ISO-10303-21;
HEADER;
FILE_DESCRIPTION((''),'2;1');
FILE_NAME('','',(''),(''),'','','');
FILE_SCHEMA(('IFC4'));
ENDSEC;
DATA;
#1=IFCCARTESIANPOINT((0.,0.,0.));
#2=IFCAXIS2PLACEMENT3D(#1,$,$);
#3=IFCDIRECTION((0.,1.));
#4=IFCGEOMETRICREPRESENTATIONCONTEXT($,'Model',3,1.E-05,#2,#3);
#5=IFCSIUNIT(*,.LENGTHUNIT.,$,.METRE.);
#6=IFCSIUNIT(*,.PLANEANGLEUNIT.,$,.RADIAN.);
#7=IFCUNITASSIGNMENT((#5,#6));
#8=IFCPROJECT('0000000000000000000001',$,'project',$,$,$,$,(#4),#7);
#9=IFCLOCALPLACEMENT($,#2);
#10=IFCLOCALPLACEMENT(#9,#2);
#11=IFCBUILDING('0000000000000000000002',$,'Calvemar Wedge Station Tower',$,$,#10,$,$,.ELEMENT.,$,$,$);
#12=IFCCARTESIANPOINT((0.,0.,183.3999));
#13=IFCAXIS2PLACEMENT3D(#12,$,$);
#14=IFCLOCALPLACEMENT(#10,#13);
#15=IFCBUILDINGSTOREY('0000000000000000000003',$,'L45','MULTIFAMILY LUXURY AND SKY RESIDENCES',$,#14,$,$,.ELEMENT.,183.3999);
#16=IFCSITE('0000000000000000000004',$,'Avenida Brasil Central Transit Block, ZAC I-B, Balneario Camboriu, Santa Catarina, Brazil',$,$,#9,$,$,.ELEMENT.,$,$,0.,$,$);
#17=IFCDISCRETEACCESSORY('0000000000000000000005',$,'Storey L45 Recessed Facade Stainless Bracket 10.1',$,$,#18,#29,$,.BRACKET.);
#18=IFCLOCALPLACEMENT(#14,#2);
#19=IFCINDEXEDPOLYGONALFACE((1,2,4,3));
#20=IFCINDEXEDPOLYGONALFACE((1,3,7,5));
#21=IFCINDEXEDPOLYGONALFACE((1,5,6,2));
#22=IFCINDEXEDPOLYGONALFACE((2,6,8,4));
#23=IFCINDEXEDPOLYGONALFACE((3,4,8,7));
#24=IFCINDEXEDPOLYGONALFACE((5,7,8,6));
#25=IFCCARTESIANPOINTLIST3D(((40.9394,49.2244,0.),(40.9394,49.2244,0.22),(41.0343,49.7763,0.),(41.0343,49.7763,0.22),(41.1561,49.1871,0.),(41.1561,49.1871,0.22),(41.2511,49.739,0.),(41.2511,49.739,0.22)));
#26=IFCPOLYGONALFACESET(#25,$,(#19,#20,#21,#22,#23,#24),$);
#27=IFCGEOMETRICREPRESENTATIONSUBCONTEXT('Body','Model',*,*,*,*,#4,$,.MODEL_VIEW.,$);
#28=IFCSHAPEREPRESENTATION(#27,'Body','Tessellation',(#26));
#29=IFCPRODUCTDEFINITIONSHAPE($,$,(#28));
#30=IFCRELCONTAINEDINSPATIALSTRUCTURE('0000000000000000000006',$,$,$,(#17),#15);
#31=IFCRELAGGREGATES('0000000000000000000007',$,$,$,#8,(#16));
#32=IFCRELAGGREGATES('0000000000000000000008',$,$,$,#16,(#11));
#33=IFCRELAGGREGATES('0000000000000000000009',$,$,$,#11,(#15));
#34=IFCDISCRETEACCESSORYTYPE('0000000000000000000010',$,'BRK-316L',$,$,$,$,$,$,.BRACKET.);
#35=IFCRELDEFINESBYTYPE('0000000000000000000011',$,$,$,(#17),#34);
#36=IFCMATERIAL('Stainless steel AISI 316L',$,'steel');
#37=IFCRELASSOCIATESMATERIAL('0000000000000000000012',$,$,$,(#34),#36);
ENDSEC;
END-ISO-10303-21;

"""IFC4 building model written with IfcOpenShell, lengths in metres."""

from ifc_helpers import new_model, si_unit, direction, frame, origin, origin_2d, place, context, subcontext, project, spatial, rectangle, extrude, source, transform, mapped, material, type_object, element, save


model = new_model("IFC4")

# Units and contexts
model_context = context("Model", 3, precision=1e-05, world=origin(), true_north=direction((0.0, 1.0)))
body_context = subcontext(model_context, "Body", "Model", "MODEL_VIEW")
ifc_project = project(units=[si_unit("LENGTHUNIT", "METRE"), si_unit("PLANEANGLEUNIT", "RADIAN")], contexts=[model_context])

# Site, building, storey
site_placement = place(None, origin())
site = spatial("IfcSite", under=ifc_project, at=site_placement, Name="Avenida Brasil Central Transit Block, ZAC I-B, Balneario Camboriu, Santa Catarina, Brazil", CompositionType="ELEMENT", RefElevation=0.0)
building_placement = place(site_placement, origin())
building = spatial("IfcBuilding", under=site, at=building_placement, Name="Calvemar Wedge Station Tower", CompositionType="ELEMENT")
storey_placement = place(building_placement, frame((0.0, 0.0, 183.3999)))
storey = spatial("IfcBuildingStorey", under=building, at=storey_placement, Name="L45", Description="MULTIFAMILY LUXURY AND SKY RESIDENCES", CompositionType="ELEMENT", Elevation=183.3999)

# Discrete accessory
ifc_material_1 = material(Name="Stainless steel AISI 316L", Category="steel")
discrete_accessory_type = type_object("IfcDiscreteAccessoryType", Name="BRK-316L", PredefinedType="BRACKET", material=ifc_material_1)
shared_shape_1 = source(origin(), body_context, "Body", "SweptSolid", [
    extrude(rectangle(XDim=0.22, YDim=0.5601, at=origin_2d()), origin(), (0.0, 0.0, 1.0), 0.22),
])
discrete_accessory_placement = place(storey_placement, frame((41.0952, 49.4817, 0.0), z_axis=(0.0, 0.0, 1.0), x_axis=(-0.985526, 0.169522, 0.0)))
element("IfcDiscreteAccessory", 1, at=discrete_accessory_placement, inside=storey, type_object=discrete_accessory_type, Name="Storey L45 Recessed Facade Stainless Bracket 10.1", PredefinedType="BRACKET", context=body_context, shape_type="MappedRepresentation", body=[
    mapped(shared_shape_1, transform((0.0, 0.0, 0.0), scale=1.0)),
])

save(model, "model.ifc")
